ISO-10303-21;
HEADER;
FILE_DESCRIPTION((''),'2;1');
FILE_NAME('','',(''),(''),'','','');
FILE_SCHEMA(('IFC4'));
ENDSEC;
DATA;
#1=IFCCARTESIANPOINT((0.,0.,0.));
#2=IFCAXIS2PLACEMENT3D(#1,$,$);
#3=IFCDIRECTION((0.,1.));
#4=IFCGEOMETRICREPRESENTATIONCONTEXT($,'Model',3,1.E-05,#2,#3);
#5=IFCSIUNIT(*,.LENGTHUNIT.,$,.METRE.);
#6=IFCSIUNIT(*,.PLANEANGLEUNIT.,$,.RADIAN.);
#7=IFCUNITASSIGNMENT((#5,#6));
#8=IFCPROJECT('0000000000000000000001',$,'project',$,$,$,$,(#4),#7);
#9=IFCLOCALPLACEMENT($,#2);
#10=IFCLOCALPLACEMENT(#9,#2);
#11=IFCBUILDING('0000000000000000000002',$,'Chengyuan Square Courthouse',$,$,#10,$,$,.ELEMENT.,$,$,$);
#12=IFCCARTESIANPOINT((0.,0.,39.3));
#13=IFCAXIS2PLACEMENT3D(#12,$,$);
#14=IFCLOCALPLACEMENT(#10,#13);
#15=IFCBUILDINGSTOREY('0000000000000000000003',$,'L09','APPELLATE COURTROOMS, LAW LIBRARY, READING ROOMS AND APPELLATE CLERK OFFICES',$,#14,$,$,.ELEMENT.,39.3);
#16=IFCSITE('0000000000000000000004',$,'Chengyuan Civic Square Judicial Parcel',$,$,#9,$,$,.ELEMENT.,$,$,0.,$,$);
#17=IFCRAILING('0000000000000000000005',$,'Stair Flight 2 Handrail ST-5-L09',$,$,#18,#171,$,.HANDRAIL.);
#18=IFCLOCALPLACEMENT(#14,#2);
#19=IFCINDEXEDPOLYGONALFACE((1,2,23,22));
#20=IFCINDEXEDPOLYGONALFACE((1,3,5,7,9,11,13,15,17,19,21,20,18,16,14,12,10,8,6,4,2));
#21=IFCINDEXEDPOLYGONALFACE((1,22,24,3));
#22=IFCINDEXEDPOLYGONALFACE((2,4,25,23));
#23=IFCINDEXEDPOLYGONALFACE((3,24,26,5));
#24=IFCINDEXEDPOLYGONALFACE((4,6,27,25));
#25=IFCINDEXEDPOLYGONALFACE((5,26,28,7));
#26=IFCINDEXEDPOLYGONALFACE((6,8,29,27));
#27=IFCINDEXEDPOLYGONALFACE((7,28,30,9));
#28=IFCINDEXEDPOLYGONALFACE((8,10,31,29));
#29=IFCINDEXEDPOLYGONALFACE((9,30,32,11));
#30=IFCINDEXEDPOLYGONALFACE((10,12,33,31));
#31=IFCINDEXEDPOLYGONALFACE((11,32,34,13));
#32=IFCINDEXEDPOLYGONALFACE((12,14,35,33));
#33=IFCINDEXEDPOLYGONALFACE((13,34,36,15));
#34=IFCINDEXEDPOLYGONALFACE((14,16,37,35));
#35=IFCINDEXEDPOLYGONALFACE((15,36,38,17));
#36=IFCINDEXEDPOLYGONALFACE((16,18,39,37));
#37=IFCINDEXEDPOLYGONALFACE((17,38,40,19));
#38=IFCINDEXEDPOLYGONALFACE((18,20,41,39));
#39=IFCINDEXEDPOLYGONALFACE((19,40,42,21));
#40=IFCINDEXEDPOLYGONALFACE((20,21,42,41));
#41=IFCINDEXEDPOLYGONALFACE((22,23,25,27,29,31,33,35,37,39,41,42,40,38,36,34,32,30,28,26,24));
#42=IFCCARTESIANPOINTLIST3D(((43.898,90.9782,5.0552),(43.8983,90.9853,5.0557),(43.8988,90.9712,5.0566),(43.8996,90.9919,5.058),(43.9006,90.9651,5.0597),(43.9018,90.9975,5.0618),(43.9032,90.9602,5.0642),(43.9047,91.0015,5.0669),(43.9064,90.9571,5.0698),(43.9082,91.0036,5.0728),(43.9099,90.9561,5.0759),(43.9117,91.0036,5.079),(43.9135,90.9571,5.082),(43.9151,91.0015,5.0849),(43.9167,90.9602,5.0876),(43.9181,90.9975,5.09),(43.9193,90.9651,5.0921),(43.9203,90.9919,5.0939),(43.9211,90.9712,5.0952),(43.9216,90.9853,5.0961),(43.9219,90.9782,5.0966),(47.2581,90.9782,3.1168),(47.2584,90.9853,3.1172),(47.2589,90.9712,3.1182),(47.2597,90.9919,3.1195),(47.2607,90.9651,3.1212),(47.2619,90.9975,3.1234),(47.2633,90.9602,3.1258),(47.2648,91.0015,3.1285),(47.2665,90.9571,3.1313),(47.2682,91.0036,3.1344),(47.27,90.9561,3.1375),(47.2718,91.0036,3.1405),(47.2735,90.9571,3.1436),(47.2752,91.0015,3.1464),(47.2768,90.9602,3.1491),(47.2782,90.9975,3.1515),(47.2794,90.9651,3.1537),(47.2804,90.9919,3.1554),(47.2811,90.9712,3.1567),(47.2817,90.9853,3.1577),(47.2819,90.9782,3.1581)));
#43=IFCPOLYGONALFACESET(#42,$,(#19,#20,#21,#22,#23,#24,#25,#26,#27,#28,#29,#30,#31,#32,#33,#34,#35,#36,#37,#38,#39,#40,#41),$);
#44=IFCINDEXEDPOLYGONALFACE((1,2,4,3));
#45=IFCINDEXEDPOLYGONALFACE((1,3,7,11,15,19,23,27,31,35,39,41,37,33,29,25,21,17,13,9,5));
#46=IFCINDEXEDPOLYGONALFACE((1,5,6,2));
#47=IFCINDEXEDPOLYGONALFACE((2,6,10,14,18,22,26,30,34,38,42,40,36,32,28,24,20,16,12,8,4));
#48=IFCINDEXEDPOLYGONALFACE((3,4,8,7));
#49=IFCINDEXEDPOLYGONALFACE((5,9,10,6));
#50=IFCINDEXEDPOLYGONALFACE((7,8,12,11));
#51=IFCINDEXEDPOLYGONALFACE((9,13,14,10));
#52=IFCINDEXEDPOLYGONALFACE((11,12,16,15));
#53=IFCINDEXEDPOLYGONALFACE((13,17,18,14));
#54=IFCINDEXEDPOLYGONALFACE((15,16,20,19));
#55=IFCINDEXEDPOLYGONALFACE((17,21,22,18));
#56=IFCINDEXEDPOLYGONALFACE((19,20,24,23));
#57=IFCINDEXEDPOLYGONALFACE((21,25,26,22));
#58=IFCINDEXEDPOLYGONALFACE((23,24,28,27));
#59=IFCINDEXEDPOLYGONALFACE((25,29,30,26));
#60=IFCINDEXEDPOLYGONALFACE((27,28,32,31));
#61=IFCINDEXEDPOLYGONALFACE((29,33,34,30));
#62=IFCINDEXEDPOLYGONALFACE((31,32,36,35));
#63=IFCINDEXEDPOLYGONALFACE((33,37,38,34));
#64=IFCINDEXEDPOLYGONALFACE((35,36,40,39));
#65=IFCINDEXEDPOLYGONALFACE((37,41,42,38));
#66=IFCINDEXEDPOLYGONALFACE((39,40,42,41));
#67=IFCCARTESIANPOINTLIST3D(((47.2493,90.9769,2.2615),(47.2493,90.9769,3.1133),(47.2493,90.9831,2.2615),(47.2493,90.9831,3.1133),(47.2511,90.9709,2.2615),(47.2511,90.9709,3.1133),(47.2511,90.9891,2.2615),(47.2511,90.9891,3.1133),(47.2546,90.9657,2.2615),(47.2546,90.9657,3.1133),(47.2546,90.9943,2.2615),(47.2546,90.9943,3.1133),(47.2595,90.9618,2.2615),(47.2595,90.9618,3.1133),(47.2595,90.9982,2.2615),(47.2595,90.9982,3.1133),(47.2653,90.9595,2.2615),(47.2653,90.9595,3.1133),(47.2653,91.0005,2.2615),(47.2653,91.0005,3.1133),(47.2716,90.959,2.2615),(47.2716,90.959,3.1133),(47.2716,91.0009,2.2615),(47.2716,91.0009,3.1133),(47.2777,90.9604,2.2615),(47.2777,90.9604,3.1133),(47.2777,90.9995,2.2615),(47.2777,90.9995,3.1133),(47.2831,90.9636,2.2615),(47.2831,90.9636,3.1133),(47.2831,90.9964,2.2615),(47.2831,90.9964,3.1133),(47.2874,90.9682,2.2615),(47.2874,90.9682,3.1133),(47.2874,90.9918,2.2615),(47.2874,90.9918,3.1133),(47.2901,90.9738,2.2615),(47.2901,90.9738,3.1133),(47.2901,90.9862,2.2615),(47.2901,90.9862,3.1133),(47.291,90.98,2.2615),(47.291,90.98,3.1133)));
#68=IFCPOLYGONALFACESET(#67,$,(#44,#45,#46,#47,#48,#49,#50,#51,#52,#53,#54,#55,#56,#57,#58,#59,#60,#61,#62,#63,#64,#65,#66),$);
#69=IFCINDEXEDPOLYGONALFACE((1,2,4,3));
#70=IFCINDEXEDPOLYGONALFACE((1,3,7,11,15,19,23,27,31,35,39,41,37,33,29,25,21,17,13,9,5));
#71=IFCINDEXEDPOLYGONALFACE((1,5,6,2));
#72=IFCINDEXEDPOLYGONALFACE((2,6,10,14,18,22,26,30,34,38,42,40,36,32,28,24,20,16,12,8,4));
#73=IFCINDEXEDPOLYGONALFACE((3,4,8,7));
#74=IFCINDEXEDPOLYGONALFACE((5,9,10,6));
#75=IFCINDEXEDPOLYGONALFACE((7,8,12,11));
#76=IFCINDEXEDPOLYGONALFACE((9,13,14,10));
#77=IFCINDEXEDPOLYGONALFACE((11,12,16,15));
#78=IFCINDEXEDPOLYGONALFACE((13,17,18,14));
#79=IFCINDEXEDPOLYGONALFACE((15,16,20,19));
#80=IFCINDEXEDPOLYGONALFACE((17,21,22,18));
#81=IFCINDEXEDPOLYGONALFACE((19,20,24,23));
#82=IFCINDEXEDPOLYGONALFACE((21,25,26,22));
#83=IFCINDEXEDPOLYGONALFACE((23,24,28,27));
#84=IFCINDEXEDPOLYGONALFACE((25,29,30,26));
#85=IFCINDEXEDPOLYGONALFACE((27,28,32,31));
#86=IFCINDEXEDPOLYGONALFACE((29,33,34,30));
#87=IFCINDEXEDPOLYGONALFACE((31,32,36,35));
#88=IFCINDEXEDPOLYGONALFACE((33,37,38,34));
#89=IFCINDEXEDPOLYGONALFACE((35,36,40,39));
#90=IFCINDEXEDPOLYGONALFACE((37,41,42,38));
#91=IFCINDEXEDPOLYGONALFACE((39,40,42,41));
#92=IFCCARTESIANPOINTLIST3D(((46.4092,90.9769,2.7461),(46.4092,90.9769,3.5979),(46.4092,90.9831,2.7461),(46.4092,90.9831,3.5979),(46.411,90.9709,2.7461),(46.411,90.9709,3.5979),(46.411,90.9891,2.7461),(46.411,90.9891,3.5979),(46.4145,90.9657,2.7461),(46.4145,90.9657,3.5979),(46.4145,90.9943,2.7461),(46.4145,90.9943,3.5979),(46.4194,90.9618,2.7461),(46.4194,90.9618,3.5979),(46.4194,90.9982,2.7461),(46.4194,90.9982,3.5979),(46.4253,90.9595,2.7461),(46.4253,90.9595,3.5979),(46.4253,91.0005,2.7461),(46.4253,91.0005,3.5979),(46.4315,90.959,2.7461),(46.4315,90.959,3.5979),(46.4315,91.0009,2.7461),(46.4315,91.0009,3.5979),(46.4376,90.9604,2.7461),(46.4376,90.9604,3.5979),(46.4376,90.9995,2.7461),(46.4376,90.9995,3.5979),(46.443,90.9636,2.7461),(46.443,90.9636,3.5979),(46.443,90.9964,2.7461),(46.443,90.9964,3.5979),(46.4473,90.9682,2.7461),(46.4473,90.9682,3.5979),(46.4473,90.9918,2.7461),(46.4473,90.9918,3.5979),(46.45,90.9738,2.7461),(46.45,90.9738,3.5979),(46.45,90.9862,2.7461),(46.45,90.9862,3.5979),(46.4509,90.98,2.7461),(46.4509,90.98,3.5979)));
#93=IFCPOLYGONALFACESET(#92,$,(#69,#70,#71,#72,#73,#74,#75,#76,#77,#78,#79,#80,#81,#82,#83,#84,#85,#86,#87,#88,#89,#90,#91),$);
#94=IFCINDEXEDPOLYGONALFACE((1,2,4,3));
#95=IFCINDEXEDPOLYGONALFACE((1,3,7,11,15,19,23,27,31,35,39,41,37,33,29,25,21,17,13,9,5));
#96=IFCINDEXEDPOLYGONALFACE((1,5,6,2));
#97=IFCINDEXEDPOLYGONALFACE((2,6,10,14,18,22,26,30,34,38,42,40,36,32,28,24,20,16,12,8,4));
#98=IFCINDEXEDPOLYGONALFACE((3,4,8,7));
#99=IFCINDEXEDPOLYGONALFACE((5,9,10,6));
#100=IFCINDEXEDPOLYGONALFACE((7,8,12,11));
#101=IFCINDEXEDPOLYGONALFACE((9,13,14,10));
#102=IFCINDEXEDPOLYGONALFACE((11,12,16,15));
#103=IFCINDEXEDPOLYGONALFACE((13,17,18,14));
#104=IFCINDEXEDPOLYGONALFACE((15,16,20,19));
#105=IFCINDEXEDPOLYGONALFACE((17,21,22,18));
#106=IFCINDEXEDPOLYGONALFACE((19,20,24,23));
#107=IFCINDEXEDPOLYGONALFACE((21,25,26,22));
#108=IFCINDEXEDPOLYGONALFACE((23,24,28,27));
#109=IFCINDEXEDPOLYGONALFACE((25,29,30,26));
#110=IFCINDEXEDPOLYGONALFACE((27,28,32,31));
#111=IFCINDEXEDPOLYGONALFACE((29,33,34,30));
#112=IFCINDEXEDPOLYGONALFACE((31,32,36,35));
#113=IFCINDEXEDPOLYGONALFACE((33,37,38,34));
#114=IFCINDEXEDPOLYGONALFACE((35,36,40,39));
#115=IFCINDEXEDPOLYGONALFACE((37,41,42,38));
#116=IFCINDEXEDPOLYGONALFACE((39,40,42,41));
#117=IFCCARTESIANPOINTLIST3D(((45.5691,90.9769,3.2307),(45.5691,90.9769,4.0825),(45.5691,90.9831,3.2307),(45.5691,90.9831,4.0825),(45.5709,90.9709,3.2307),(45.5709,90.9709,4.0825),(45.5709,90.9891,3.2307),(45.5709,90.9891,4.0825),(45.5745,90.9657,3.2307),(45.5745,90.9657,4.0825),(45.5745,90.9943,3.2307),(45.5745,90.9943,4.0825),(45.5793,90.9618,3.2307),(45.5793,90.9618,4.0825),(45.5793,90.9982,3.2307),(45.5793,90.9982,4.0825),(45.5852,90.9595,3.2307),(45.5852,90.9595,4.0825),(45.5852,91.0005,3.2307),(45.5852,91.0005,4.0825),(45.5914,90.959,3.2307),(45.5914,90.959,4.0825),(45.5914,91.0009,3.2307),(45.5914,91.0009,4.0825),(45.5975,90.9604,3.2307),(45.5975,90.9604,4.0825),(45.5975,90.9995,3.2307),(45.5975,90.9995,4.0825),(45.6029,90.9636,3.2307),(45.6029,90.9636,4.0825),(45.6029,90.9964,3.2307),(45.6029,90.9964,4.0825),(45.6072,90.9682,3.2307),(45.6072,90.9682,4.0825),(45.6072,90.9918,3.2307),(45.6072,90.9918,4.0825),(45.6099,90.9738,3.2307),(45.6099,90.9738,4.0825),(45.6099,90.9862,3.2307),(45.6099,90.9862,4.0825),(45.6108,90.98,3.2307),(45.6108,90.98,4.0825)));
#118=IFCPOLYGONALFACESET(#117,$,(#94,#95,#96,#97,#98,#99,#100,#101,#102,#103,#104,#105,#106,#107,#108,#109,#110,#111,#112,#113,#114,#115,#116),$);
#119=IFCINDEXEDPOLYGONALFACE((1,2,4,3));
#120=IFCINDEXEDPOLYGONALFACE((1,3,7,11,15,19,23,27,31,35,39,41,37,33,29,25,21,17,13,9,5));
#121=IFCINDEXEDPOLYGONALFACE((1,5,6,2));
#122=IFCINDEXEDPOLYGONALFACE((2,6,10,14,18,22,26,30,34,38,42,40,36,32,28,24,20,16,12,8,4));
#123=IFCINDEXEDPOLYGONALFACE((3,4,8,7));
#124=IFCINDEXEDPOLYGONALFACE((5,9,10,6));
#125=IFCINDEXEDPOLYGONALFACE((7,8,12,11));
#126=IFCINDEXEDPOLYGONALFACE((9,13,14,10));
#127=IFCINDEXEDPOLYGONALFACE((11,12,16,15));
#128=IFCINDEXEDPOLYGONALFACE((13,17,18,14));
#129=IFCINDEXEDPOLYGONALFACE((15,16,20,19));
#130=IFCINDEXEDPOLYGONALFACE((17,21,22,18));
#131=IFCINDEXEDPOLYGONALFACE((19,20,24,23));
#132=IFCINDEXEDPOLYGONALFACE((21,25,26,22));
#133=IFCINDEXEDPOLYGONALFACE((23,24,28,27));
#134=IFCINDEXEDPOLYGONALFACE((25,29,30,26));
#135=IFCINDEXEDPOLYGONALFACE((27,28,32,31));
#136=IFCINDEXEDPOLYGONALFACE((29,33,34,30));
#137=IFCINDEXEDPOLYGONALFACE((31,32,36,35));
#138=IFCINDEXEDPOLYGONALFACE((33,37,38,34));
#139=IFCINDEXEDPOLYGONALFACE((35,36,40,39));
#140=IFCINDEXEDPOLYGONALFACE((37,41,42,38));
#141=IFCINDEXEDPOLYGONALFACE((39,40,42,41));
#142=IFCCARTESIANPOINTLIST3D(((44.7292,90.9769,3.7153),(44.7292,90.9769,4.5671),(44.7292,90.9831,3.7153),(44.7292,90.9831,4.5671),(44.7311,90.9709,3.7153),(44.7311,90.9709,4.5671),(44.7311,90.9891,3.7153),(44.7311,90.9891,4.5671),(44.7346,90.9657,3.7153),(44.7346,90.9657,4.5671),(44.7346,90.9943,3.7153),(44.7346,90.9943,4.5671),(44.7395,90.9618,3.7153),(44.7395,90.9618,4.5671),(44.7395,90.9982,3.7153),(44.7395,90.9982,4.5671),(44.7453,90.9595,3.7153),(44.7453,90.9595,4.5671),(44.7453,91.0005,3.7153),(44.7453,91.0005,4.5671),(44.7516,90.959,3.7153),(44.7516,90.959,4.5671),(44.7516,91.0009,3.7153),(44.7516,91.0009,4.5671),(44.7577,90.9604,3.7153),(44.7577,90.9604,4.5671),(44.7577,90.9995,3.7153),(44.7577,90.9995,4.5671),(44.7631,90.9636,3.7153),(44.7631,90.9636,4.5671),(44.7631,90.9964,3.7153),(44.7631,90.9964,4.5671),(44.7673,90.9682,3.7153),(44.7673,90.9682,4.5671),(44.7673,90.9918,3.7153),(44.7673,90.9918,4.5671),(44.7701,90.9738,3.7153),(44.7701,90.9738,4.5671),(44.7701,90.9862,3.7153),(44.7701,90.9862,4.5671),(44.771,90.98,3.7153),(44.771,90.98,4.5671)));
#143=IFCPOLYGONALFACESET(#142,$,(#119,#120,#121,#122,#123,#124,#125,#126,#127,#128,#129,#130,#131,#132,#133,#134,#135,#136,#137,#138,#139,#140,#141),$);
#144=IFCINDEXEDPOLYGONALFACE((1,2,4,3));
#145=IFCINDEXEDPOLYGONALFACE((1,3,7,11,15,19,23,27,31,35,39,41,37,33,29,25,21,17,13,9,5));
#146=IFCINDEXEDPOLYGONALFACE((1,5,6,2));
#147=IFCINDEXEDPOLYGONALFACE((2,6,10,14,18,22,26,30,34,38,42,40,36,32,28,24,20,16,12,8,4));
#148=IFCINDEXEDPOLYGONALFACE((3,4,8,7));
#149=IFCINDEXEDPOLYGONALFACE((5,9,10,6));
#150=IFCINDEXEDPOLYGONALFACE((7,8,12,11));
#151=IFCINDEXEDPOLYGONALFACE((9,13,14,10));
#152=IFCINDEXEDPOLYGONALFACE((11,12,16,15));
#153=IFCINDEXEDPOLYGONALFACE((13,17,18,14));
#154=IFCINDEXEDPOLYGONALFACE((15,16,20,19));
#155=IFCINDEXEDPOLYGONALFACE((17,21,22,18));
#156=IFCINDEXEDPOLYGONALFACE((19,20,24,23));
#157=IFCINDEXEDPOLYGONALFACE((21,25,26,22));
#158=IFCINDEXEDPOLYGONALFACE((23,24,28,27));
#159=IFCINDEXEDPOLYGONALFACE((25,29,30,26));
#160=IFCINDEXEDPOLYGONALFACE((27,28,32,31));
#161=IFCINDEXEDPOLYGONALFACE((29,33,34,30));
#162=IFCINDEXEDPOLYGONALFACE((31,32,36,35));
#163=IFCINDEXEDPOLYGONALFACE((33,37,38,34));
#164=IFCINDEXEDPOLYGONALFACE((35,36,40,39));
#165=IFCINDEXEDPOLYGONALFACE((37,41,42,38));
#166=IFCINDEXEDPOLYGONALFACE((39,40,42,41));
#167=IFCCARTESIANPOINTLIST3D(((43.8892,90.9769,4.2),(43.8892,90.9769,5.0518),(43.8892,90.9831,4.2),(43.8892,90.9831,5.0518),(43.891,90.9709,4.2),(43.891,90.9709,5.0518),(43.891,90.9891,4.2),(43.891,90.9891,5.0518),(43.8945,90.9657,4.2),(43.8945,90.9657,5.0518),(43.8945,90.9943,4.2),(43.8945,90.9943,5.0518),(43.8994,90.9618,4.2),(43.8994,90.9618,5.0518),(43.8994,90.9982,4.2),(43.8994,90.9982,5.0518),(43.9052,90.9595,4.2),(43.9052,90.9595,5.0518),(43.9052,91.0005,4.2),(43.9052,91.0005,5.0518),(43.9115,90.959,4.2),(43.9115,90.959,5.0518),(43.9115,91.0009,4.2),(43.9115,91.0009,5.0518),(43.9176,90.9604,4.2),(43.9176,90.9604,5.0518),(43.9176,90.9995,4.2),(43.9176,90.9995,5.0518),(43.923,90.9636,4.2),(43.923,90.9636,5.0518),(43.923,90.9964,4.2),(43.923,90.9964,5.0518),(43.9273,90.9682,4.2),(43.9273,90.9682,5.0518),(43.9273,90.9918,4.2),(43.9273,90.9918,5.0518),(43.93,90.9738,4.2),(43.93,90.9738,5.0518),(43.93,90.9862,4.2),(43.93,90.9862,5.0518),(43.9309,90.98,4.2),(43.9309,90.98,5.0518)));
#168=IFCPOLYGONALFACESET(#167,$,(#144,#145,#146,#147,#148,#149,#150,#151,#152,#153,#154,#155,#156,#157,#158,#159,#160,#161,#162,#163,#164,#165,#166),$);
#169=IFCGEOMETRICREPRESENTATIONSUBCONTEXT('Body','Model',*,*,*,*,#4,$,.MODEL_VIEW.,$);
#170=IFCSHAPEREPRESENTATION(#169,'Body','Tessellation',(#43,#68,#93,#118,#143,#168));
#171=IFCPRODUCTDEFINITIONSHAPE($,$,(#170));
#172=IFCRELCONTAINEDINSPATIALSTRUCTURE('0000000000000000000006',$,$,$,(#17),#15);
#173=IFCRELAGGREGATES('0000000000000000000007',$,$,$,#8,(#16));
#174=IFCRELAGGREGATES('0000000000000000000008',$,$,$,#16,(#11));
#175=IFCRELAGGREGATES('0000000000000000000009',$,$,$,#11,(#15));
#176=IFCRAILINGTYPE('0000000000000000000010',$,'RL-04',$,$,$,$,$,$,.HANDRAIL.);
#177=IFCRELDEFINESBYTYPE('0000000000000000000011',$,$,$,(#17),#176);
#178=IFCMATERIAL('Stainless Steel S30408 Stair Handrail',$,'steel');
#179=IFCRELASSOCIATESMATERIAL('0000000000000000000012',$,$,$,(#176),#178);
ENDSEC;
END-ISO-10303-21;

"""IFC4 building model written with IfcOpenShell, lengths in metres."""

from ifc_helpers import new_model, si_unit, direction, frame, origin, origin_2d, place, context, subcontext, project, spatial, circle, extrude, material, type_object, element, save


model = new_model("IFC4")

# Units and contexts
model_context = context("Model", 3, precision=1e-05, world=origin(), true_north=direction((0.0, 1.0)))
body_context = subcontext(model_context, "Body", "Model", "MODEL_VIEW")
ifc_project = project(units=[si_unit("LENGTHUNIT", "METRE"), si_unit("PLANEANGLEUNIT", "RADIAN")], contexts=[model_context])

# Site, building, storey
site_placement = place(None, origin())
site = spatial("IfcSite", under=ifc_project, at=site_placement, Name="Chengyuan Civic Square Judicial Parcel", CompositionType="ELEMENT", RefElevation=0.0)
building_placement = place(site_placement, origin())
building = spatial("IfcBuilding", under=site, at=building_placement, Name="Chengyuan Square Courthouse", CompositionType="ELEMENT")
storey_placement = place(building_placement, frame((0.0, 0.0, 39.3)))
storey = spatial("IfcBuildingStorey", under=building, at=storey_placement, Name="L09", Description="APPELLATE COURTROOMS, LAW LIBRARY, READING ROOMS AND APPELLATE CLERK OFFICES", CompositionType="ELEMENT", Elevation=39.3)

# Railing
ifc_material_1 = material(Name="Stainless Steel S30408 Stair Handrail", Category="steel")
railing_type = type_object("IfcRailingType", Name="RL-04", PredefinedType="HANDRAIL", material=ifc_material_1)
railing_placement = place(storey_placement, frame((47.27, 90.98, 2.2615)))
element("IfcRailing", 1, at=railing_placement, inside=storey, type_object=railing_type, Name="Stair Flight 2 Handrail ST-5-L09", PredefinedType="HANDRAIL", context=body_context, shape_type="SweptSolid", body=[
    extrude(circle(Radius=0.0239, at=origin_2d()), frame((0.0, 0.0, 0.876), z_axis=(-0.866191, 0.0, 0.499713), x_axis=(0.0, -1.0, 0.0)), (0.0, 0.0, 1.0), 3.8792),
    extrude(circle(Radius=0.021, at=origin_2d()), origin(), (0.0, 0.0, 1.0), 0.8518),
    extrude(circle(Radius=0.021, at=origin_2d()), frame((-0.8401, 0.0, 0.4846)), (0.0, 0.0, 1.0), 0.8518),
    extrude(circle(Radius=0.021, at=origin_2d()), frame((-1.6802, 0.0, 0.9692)), (0.0, 0.0, 1.0), 0.8518),
    extrude(circle(Radius=0.021, at=origin_2d()), frame((-2.52, 0.0, 1.4539)), (0.0, 0.0, 1.0), 0.8518),
    extrude(circle(Radius=0.021, at=origin_2d()), frame((-3.3601, 0.0, 1.9385)), (0.0, 0.0, 1.0), 0.8518),
])

save(model, "model.ifc")
